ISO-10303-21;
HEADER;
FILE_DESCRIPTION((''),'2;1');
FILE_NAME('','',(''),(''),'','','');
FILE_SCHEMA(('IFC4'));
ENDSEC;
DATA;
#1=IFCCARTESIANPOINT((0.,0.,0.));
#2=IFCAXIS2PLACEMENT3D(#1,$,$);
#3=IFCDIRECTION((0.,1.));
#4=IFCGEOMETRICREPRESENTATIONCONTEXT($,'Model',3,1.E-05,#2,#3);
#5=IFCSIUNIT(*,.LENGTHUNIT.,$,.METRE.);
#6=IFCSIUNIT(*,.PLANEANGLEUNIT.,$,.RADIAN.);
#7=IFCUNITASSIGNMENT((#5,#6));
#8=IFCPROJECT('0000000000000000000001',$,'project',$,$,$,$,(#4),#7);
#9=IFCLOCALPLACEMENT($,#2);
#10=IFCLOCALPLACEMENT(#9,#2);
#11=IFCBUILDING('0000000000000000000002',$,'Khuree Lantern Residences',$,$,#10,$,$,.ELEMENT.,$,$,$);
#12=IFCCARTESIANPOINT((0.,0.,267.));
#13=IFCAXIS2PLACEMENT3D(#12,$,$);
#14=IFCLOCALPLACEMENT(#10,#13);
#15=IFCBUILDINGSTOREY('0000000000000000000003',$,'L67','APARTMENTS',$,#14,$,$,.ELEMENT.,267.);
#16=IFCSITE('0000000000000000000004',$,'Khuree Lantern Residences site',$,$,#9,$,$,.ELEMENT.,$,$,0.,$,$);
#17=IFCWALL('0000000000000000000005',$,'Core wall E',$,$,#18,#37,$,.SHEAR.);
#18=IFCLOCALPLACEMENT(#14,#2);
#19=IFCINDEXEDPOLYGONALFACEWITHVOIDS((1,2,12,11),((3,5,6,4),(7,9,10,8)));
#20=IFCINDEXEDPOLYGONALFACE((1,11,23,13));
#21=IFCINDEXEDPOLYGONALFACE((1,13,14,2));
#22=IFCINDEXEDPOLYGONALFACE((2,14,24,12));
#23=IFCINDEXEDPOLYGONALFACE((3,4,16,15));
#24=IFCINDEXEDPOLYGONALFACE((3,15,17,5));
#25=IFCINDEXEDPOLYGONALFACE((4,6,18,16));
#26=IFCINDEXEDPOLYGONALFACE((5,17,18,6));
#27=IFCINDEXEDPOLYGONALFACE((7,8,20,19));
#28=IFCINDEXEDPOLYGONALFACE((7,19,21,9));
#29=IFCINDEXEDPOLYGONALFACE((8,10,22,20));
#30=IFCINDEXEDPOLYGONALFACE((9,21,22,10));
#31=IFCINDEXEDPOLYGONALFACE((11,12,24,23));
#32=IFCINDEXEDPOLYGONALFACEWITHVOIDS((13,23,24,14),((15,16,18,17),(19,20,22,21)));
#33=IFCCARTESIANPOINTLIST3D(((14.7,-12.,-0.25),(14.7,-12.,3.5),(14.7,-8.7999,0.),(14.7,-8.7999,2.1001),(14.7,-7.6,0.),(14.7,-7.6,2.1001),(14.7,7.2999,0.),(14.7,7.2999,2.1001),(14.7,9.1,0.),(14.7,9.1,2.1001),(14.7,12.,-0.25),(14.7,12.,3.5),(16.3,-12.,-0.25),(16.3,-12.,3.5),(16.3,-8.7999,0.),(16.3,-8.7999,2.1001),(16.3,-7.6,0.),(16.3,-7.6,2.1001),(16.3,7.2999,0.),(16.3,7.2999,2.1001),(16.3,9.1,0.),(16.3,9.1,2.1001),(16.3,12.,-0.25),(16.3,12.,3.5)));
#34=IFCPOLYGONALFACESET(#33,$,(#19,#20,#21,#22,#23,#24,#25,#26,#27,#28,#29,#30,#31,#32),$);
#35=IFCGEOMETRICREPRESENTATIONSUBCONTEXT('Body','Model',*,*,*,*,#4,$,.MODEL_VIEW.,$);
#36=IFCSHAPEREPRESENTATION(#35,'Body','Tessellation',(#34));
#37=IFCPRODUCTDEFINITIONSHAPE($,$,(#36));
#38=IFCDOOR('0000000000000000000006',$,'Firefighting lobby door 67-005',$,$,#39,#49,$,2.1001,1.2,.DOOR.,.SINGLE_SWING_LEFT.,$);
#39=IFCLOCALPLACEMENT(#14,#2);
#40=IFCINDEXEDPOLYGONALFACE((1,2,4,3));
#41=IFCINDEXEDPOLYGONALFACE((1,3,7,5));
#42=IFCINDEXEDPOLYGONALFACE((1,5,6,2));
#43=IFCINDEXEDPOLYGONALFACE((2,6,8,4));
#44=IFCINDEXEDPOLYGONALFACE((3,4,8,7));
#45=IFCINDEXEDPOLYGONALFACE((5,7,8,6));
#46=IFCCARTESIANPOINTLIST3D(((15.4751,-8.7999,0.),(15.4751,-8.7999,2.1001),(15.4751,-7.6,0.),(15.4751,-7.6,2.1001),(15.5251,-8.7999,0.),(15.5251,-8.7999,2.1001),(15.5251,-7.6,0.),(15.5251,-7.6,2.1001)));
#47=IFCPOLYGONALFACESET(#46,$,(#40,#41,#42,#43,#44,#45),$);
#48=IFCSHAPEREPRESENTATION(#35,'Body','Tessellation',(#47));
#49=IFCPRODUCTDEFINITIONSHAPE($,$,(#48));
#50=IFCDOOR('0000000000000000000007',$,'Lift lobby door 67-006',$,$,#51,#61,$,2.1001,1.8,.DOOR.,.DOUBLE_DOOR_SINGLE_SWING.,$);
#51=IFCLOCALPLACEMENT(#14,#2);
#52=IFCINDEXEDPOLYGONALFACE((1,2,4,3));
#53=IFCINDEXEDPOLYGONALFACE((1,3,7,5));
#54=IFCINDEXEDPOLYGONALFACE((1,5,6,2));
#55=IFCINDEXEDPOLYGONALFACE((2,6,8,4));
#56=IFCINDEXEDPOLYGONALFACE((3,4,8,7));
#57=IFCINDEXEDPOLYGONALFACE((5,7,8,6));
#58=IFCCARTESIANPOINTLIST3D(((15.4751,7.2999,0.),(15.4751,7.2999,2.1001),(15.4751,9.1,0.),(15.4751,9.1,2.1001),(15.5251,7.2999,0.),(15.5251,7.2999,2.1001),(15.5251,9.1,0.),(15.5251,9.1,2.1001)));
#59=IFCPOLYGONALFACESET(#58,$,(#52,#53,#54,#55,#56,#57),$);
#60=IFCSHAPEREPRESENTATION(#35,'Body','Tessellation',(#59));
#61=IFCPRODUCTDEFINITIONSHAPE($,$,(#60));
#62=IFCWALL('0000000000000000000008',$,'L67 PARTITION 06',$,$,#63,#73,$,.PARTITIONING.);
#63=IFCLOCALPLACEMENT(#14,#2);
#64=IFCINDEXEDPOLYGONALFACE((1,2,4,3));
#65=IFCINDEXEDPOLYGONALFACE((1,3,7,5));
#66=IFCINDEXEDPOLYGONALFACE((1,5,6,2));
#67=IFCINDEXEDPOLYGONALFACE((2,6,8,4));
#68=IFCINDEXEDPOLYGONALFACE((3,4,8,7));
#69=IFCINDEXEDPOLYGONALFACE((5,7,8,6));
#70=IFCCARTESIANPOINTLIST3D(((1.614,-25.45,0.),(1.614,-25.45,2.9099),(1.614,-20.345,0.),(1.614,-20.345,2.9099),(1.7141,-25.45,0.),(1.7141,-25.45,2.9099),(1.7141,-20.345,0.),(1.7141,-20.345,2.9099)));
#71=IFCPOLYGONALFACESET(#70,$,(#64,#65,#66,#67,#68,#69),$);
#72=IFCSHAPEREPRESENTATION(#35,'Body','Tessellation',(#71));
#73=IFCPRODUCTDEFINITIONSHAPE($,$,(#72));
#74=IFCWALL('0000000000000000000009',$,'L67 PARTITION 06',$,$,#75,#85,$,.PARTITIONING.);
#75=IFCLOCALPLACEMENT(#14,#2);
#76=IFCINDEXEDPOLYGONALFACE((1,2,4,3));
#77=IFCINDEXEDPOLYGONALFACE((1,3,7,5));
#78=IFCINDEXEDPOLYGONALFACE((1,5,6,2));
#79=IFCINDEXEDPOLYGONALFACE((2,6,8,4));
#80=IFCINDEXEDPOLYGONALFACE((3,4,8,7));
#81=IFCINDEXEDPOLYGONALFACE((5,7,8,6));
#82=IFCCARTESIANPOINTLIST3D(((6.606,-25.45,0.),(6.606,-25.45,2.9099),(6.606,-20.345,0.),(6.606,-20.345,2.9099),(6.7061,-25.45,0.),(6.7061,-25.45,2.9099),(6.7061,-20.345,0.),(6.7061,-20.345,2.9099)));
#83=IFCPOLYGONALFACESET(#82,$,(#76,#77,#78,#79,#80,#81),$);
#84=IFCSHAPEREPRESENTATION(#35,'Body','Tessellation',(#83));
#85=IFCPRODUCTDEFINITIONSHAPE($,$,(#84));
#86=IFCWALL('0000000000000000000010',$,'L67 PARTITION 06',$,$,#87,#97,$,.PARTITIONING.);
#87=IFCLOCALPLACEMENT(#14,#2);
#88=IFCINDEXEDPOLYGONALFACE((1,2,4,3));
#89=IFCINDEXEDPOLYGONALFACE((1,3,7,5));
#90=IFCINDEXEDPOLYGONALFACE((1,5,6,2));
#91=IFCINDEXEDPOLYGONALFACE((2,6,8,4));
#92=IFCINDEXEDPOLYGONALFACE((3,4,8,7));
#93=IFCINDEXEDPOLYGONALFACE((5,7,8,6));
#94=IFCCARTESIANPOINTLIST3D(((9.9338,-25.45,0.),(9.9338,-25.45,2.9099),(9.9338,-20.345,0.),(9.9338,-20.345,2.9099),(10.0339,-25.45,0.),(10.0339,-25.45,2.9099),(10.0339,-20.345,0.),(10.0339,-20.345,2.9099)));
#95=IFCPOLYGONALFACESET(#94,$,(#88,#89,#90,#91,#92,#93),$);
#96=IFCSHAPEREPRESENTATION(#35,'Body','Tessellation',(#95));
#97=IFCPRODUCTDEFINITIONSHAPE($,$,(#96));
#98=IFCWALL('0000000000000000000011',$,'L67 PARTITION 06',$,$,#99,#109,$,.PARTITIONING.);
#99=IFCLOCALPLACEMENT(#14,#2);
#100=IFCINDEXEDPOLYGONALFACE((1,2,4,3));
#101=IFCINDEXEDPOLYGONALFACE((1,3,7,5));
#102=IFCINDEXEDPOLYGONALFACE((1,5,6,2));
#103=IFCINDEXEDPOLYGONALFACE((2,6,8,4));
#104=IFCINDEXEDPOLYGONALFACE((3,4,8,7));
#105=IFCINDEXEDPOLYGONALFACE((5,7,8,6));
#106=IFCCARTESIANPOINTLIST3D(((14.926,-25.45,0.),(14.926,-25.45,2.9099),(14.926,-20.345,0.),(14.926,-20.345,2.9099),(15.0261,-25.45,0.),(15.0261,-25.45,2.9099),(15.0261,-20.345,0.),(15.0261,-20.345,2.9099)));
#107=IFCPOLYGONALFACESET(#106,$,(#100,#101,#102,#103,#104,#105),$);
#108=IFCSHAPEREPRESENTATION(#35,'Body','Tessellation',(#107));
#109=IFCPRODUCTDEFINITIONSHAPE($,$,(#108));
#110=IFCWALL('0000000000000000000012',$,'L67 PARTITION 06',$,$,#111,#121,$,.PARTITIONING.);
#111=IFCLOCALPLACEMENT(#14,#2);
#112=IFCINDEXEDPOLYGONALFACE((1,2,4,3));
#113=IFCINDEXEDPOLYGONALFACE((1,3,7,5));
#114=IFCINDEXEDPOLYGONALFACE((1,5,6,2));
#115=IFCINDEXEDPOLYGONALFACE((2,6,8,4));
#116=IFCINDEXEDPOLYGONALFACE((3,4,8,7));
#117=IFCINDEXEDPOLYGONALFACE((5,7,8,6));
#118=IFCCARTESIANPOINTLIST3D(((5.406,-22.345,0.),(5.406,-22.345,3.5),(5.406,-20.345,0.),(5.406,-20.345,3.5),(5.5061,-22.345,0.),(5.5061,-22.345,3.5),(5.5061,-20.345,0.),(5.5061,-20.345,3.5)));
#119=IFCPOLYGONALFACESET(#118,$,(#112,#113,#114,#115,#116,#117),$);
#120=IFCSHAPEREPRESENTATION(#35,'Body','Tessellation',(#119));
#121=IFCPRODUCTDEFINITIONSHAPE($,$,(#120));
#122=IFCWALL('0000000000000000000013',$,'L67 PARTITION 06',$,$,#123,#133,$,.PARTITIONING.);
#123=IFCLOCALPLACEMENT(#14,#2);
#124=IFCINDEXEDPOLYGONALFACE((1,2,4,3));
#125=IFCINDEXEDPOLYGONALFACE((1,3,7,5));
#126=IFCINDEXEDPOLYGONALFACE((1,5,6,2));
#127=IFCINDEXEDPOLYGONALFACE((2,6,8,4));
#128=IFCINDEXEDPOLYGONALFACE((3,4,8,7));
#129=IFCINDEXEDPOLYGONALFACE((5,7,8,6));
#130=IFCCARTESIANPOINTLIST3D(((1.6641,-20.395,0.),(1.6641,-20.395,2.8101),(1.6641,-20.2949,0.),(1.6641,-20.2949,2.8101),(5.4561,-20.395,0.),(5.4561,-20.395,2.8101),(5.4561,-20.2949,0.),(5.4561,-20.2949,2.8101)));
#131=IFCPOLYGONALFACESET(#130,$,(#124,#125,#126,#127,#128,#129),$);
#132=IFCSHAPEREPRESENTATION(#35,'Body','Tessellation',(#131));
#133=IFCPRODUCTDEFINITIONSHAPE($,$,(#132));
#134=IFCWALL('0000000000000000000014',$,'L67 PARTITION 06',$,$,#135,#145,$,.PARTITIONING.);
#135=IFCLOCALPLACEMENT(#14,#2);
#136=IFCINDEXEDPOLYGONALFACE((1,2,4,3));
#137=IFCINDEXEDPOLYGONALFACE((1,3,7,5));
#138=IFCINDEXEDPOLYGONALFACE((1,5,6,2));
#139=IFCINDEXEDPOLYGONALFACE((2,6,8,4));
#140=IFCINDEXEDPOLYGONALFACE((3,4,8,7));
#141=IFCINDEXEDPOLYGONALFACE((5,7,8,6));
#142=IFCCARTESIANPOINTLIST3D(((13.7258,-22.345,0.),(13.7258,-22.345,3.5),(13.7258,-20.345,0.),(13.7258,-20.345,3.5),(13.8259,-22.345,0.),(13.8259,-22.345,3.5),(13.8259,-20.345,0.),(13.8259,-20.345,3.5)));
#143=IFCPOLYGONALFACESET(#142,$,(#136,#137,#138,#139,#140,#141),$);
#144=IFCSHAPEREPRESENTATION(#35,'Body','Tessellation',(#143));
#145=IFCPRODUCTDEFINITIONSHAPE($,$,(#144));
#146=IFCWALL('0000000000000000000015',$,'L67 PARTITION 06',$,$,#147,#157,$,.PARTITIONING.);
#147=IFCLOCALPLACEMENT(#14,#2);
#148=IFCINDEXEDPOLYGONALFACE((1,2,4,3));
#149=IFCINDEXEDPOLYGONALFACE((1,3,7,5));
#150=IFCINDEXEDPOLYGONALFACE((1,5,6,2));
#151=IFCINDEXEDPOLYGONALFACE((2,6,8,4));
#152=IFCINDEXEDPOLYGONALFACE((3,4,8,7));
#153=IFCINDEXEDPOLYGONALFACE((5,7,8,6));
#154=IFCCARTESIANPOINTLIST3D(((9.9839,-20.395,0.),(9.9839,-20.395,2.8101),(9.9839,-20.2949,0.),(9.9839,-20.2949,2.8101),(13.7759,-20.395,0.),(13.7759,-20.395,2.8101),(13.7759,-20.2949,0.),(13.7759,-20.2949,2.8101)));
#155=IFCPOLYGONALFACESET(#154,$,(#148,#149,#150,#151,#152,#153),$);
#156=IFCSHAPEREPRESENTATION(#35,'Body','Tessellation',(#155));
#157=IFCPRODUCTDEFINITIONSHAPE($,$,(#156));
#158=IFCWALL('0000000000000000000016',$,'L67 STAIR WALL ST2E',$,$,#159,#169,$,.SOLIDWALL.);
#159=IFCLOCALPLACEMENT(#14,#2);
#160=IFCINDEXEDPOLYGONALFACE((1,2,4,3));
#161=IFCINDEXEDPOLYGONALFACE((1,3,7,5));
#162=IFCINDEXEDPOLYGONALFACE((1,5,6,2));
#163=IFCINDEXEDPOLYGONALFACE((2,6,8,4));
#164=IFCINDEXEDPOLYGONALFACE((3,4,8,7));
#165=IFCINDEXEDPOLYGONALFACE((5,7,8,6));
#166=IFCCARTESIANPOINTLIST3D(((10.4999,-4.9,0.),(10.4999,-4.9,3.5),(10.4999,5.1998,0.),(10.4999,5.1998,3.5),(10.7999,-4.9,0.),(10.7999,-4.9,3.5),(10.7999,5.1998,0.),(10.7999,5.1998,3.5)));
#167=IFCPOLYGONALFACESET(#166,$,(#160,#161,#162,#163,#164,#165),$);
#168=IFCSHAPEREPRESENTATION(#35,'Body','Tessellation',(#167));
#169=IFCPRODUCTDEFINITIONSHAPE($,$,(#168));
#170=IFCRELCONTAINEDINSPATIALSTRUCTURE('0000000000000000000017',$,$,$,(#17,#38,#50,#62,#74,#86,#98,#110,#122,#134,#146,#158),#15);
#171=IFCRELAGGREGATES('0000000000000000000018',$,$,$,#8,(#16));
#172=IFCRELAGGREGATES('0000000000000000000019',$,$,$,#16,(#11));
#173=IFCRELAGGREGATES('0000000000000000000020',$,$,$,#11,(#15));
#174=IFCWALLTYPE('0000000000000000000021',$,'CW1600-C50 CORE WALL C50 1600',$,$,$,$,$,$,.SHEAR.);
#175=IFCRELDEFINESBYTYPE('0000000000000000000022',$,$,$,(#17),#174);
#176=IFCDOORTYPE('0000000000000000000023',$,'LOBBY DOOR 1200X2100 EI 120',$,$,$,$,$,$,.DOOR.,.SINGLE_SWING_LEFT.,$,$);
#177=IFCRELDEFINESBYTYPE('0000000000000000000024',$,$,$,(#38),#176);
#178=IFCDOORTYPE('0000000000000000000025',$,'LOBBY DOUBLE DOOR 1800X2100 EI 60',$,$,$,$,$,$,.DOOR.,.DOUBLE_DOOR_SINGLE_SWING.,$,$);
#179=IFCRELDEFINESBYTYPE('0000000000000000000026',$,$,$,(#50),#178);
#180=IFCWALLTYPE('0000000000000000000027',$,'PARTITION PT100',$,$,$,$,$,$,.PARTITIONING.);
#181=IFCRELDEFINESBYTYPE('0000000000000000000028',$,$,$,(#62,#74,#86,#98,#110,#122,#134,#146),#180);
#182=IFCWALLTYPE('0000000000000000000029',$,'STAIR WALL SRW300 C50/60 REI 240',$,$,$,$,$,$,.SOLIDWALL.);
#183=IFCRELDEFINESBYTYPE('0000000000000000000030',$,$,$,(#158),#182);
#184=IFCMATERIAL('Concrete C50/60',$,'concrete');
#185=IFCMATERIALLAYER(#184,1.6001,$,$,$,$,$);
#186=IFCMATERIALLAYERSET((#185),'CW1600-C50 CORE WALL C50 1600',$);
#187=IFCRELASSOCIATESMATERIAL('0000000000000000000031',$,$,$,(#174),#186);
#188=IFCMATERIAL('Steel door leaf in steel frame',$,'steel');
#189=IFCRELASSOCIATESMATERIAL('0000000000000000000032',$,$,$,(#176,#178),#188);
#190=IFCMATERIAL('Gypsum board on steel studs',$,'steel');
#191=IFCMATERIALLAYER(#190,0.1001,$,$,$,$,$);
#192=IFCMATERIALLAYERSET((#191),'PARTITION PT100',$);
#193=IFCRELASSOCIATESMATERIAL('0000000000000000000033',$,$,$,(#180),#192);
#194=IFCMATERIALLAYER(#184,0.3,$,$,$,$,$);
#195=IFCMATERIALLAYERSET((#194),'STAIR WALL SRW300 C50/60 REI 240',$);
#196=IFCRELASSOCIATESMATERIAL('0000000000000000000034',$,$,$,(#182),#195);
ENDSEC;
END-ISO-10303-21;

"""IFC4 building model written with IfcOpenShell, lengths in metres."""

from ifc_helpers import new_model, si_unit, direction, frame, frame_2d, origin, place, context, subcontext, project, spatial, rectangle, extrude, material, layer, layer_set, type_object, element, fill, save


model = new_model("IFC4")

# Units and contexts
model_context = context("Model", 3, precision=1e-05, world=origin(), true_north=direction((0.0, 1.0)))
body_context = subcontext(model_context, "Body", "Model", "MODEL_VIEW")
ifc_project = project(units=[si_unit("LENGTHUNIT", "METRE"), si_unit("PLANEANGLEUNIT", "RADIAN")], contexts=[model_context])

# Site, building, storey
site_placement = place(None, origin())
site = spatial("IfcSite", under=ifc_project, at=site_placement, Name="Khuree Lantern Residences site", CompositionType="ELEMENT", RefElevation=0.0)
building_placement = place(site_placement, origin())
building = spatial("IfcBuilding", under=site, at=building_placement, Name="Khuree Lantern Residences", CompositionType="ELEMENT")
storey_placement = place(building_placement, frame((0.0, 0.0, 267.0)))
storey = spatial("IfcBuildingStorey", under=building, at=storey_placement, Name="L67", Description="APARTMENTS", CompositionType="ELEMENT", Elevation=267.0)

# Shared definitions
ifc_material_1 = material(Name="Concrete C50/60", Category="concrete")

# Shared definitions
ifc_material_2 = material(Name="Gypsum board on steel studs", Category="steel")

# Wall, openings, doors
ifc_layer_1 = layer(ifc_material_1, 1.6001)
ifc_layer_set_1 = layer_set([ifc_layer_1], Name="CW1600-C50 CORE WALL C50 1600")
wall_type_1 = type_object("IfcWallType", Name="CW1600-C50 CORE WALL C50 1600", PredefinedType="SHEAR", material=ifc_layer_set_1)
wall_1_placement = place(storey_placement, frame((15.5, -12.0, -0.25), z_axis=(0.0, 0.0, 1.0), x_axis=(0.0, 1.0, 0.0)))
wall_1 = element("IfcWall", 1, at=wall_1_placement, inside=storey, type_object=wall_type_1, Name="Core wall E", PredefinedType="SHEAR", context=body_context, shape_type="SweptSolid", body=[
    extrude(rectangle(XDim=24.0, YDim=1.6001, at=frame_2d((12.0, 0.0))), origin(), (0.0, 0.0, 1.0), 3.75),
])
opening_1_placement = place(wall_1_placement, frame((3.2, 0.0, 0.25)))
opening_1 = element("IfcOpeningElement", 2, at=opening_1_placement, cuts=wall_1, PredefinedType="OPENING", context=body_context, shape_type="SweptSolid", body=[
    extrude(rectangle(XDim=1.2, YDim=2.1001, at=frame_2d((0.6001, 1.05))), frame((0.0, 0.8101, 0.0), z_axis=(0.0, -1.0, 0.0), x_axis=(1.0, 0.0, 0.0)), (0.0, 0.0, 1.0), 1.6201),
])
opening_2_placement = place(wall_1_placement, frame((19.3, 0.0, 0.25)))
opening_2 = element("IfcOpeningElement", 3, at=opening_2_placement, cuts=wall_1, PredefinedType="OPENING", context=body_context, shape_type="SweptSolid", body=[
    extrude(rectangle(XDim=1.8, YDim=2.1001, at=frame_2d((0.8999, 1.05))), frame((0.0, 0.8101, 0.0), z_axis=(0.0, -1.0, 0.0), x_axis=(1.0, 0.0, 0.0)), (0.0, 0.0, 1.0), 1.6201),
])
ifc_material_3 = material(Name="Steel door leaf in steel frame", Category="steel")
door_type_1 = type_object("IfcDoorType", Name="LOBBY DOOR 1200X2100 EI 120", OperationType="SINGLE_SWING_LEFT", PredefinedType="DOOR", material=ifc_material_3)
door_1_placement = place(opening_1_placement, origin())
door_1 = element("IfcDoor", 4, at=door_1_placement, inside=storey, type_object=door_type_1, Name="Firefighting lobby door 67-005", OperationType="SINGLE_SWING_LEFT", OverallHeight=2.1001, OverallWidth=1.2, PredefinedType="DOOR", context=body_context, shape_type="SweptSolid", body=[
    extrude(rectangle(XDim=1.2, YDim=2.1001, at=frame_2d((0.6001, 1.05))), frame((0.0, 0.0249, 0.0), z_axis=(0.0, -1.0, 0.0), x_axis=(1.0, 0.0, 0.0)), (0.0, 0.0, 1.0), 0.05),
])
fill(opening_1, door_1)
door_type_2 = type_object("IfcDoorType", Name="LOBBY DOUBLE DOOR 1800X2100 EI 60", OperationType="DOUBLE_DOOR_SINGLE_SWING", PredefinedType="DOOR", material=ifc_material_3)
door_2_placement = place(opening_2_placement, origin())
door_2 = element("IfcDoor", 5, at=door_2_placement, inside=storey, type_object=door_type_2, Name="Lift lobby door 67-006", OperationType="DOUBLE_DOOR_SINGLE_SWING", OverallHeight=2.1001, OverallWidth=1.8, PredefinedType="DOOR", context=body_context, shape_type="SweptSolid", body=[
    extrude(rectangle(XDim=1.8, YDim=2.1001, at=frame_2d((0.8999, 1.05))), frame((0.0, 0.0249, 0.0), z_axis=(0.0, -1.0, 0.0), x_axis=(1.0, 0.0, 0.0)), (0.0, 0.0, 1.0), 0.05),
])
fill(opening_2, door_2)

# Walls
ifc_layer_2 = layer(ifc_material_2, 0.1001)
ifc_layer_set_2 = layer_set([ifc_layer_2], Name="PARTITION PT100")
wall_type_2 = type_object("IfcWallType", Name="PARTITION PT100", PredefinedType="PARTITIONING", material=ifc_layer_set_2)
for number, where, z_axis, x_axis, name in (
    (6, (1.6641, -20.345, 0.0), (0.0, 0.0, 1.0), (0.0, -1.0, 0.0), "L67 PARTITION 06"),
    (7, (6.656, -20.345, 0.0), (0.0, 0.0, 1.0), (0.0, -1.0, 0.0), "L67 PARTITION 06"),
    (8, (9.9839, -20.345, 0.0), (0.0, 0.0, 1.0), (0.0, -1.0, 0.0), "L67 PARTITION 06"),
    (9, (14.9761, -20.345, 0.0), (0.0, 0.0, 1.0), (0.0, -1.0, 0.0), "L67 PARTITION 06"),
):
    element("IfcWall", number, at=place(storey_placement, frame(where, z_axis=z_axis, x_axis=x_axis)), inside=storey, type_object=wall_type_2, Name=name, PredefinedType="PARTITIONING", context=body_context, shape_type="SweptSolid", body=[
        extrude(rectangle(XDim=5.105, YDim=0.1001, at=frame_2d((2.5525, 0.0))), origin(), (0.0, 0.0, 1.0), 2.9099),
    ])
wall_2_placement = place(storey_placement, frame((5.4561, -20.345, 0.0), z_axis=(0.0, 0.0, 1.0), x_axis=(0.0, -1.0, 0.0)))
element("IfcWall", 10, at=wall_2_placement, inside=storey, type_object=wall_type_2, Name="L67 PARTITION 06", PredefinedType="PARTITIONING", context=body_context, shape_type="SweptSolid", body=[
    extrude(rectangle(XDim=2.0, YDim=0.1001, at=frame_2d((1.0, 0.0))), origin(), (0.0, 0.0, 1.0), 3.5),
])
wall_3_placement = place(storey_placement, frame((1.6641, -20.345, 0.0), z_axis=(0.0, 0.0, 1.0), x_axis=(1.0, 0.0, 0.0)))
element("IfcWall", 11, at=wall_3_placement, inside=storey, type_object=wall_type_2, Name="L67 PARTITION 06", PredefinedType="PARTITIONING", context=body_context, shape_type="SweptSolid", body=[
    extrude(rectangle(XDim=3.792, YDim=0.1001, at=frame_2d((1.896, 0.0))), origin(), (0.0, 0.0, 1.0), 2.8101),
])
wall_4_placement = place(storey_placement, frame((13.7759, -20.345, 0.0), z_axis=(0.0, 0.0, 1.0), x_axis=(0.0, -1.0, 0.0)))
element("IfcWall", 12, at=wall_4_placement, inside=storey, type_object=wall_type_2, Name="L67 PARTITION 06", PredefinedType="PARTITIONING", context=body_context, shape_type="SweptSolid", body=[
    extrude(rectangle(XDim=2.0, YDim=0.1001, at=frame_2d((1.0, 0.0))), origin(), (0.0, 0.0, 1.0), 3.5),
])
wall_5_placement = place(storey_placement, frame((9.9839, -20.345, 0.0), z_axis=(0.0, 0.0, 1.0), x_axis=(1.0, 0.0, 0.0)))
element("IfcWall", 13, at=wall_5_placement, inside=storey, type_object=wall_type_2, Name="L67 PARTITION 06", PredefinedType="PARTITIONING", context=body_context, shape_type="SweptSolid", body=[
    extrude(rectangle(XDim=3.792, YDim=0.1001, at=frame_2d((1.896, 0.0))), origin(), (0.0, 0.0, 1.0), 2.8101),
])
ifc_layer_3 = layer(ifc_material_1, 0.3)
ifc_layer_set_3 = layer_set([ifc_layer_3], Name="STAIR WALL SRW300 C50/60 REI 240")
wall_type_3 = type_object("IfcWallType", Name="STAIR WALL SRW300 C50/60 REI 240", PredefinedType="SOLIDWALL", material=ifc_layer_set_3)
wall_6_placement = place(storey_placement, frame((10.6499, -4.8999, 0.0), z_axis=(0.0, 0.0, 1.0), x_axis=(0.0, 1.0, 0.0)))
element("IfcWall", 14, at=wall_6_placement, inside=storey, type_object=wall_type_3, Name="L67 STAIR WALL ST2E", PredefinedType="SOLIDWALL", context=body_context, shape_type="SweptSolid", body=[
    extrude(rectangle(XDim=10.0999, YDim=0.3, at=frame_2d((5.0498, 0.0))), origin(), (0.0, 0.0, 1.0), 3.5),
])

save(model, "model.ifc")
